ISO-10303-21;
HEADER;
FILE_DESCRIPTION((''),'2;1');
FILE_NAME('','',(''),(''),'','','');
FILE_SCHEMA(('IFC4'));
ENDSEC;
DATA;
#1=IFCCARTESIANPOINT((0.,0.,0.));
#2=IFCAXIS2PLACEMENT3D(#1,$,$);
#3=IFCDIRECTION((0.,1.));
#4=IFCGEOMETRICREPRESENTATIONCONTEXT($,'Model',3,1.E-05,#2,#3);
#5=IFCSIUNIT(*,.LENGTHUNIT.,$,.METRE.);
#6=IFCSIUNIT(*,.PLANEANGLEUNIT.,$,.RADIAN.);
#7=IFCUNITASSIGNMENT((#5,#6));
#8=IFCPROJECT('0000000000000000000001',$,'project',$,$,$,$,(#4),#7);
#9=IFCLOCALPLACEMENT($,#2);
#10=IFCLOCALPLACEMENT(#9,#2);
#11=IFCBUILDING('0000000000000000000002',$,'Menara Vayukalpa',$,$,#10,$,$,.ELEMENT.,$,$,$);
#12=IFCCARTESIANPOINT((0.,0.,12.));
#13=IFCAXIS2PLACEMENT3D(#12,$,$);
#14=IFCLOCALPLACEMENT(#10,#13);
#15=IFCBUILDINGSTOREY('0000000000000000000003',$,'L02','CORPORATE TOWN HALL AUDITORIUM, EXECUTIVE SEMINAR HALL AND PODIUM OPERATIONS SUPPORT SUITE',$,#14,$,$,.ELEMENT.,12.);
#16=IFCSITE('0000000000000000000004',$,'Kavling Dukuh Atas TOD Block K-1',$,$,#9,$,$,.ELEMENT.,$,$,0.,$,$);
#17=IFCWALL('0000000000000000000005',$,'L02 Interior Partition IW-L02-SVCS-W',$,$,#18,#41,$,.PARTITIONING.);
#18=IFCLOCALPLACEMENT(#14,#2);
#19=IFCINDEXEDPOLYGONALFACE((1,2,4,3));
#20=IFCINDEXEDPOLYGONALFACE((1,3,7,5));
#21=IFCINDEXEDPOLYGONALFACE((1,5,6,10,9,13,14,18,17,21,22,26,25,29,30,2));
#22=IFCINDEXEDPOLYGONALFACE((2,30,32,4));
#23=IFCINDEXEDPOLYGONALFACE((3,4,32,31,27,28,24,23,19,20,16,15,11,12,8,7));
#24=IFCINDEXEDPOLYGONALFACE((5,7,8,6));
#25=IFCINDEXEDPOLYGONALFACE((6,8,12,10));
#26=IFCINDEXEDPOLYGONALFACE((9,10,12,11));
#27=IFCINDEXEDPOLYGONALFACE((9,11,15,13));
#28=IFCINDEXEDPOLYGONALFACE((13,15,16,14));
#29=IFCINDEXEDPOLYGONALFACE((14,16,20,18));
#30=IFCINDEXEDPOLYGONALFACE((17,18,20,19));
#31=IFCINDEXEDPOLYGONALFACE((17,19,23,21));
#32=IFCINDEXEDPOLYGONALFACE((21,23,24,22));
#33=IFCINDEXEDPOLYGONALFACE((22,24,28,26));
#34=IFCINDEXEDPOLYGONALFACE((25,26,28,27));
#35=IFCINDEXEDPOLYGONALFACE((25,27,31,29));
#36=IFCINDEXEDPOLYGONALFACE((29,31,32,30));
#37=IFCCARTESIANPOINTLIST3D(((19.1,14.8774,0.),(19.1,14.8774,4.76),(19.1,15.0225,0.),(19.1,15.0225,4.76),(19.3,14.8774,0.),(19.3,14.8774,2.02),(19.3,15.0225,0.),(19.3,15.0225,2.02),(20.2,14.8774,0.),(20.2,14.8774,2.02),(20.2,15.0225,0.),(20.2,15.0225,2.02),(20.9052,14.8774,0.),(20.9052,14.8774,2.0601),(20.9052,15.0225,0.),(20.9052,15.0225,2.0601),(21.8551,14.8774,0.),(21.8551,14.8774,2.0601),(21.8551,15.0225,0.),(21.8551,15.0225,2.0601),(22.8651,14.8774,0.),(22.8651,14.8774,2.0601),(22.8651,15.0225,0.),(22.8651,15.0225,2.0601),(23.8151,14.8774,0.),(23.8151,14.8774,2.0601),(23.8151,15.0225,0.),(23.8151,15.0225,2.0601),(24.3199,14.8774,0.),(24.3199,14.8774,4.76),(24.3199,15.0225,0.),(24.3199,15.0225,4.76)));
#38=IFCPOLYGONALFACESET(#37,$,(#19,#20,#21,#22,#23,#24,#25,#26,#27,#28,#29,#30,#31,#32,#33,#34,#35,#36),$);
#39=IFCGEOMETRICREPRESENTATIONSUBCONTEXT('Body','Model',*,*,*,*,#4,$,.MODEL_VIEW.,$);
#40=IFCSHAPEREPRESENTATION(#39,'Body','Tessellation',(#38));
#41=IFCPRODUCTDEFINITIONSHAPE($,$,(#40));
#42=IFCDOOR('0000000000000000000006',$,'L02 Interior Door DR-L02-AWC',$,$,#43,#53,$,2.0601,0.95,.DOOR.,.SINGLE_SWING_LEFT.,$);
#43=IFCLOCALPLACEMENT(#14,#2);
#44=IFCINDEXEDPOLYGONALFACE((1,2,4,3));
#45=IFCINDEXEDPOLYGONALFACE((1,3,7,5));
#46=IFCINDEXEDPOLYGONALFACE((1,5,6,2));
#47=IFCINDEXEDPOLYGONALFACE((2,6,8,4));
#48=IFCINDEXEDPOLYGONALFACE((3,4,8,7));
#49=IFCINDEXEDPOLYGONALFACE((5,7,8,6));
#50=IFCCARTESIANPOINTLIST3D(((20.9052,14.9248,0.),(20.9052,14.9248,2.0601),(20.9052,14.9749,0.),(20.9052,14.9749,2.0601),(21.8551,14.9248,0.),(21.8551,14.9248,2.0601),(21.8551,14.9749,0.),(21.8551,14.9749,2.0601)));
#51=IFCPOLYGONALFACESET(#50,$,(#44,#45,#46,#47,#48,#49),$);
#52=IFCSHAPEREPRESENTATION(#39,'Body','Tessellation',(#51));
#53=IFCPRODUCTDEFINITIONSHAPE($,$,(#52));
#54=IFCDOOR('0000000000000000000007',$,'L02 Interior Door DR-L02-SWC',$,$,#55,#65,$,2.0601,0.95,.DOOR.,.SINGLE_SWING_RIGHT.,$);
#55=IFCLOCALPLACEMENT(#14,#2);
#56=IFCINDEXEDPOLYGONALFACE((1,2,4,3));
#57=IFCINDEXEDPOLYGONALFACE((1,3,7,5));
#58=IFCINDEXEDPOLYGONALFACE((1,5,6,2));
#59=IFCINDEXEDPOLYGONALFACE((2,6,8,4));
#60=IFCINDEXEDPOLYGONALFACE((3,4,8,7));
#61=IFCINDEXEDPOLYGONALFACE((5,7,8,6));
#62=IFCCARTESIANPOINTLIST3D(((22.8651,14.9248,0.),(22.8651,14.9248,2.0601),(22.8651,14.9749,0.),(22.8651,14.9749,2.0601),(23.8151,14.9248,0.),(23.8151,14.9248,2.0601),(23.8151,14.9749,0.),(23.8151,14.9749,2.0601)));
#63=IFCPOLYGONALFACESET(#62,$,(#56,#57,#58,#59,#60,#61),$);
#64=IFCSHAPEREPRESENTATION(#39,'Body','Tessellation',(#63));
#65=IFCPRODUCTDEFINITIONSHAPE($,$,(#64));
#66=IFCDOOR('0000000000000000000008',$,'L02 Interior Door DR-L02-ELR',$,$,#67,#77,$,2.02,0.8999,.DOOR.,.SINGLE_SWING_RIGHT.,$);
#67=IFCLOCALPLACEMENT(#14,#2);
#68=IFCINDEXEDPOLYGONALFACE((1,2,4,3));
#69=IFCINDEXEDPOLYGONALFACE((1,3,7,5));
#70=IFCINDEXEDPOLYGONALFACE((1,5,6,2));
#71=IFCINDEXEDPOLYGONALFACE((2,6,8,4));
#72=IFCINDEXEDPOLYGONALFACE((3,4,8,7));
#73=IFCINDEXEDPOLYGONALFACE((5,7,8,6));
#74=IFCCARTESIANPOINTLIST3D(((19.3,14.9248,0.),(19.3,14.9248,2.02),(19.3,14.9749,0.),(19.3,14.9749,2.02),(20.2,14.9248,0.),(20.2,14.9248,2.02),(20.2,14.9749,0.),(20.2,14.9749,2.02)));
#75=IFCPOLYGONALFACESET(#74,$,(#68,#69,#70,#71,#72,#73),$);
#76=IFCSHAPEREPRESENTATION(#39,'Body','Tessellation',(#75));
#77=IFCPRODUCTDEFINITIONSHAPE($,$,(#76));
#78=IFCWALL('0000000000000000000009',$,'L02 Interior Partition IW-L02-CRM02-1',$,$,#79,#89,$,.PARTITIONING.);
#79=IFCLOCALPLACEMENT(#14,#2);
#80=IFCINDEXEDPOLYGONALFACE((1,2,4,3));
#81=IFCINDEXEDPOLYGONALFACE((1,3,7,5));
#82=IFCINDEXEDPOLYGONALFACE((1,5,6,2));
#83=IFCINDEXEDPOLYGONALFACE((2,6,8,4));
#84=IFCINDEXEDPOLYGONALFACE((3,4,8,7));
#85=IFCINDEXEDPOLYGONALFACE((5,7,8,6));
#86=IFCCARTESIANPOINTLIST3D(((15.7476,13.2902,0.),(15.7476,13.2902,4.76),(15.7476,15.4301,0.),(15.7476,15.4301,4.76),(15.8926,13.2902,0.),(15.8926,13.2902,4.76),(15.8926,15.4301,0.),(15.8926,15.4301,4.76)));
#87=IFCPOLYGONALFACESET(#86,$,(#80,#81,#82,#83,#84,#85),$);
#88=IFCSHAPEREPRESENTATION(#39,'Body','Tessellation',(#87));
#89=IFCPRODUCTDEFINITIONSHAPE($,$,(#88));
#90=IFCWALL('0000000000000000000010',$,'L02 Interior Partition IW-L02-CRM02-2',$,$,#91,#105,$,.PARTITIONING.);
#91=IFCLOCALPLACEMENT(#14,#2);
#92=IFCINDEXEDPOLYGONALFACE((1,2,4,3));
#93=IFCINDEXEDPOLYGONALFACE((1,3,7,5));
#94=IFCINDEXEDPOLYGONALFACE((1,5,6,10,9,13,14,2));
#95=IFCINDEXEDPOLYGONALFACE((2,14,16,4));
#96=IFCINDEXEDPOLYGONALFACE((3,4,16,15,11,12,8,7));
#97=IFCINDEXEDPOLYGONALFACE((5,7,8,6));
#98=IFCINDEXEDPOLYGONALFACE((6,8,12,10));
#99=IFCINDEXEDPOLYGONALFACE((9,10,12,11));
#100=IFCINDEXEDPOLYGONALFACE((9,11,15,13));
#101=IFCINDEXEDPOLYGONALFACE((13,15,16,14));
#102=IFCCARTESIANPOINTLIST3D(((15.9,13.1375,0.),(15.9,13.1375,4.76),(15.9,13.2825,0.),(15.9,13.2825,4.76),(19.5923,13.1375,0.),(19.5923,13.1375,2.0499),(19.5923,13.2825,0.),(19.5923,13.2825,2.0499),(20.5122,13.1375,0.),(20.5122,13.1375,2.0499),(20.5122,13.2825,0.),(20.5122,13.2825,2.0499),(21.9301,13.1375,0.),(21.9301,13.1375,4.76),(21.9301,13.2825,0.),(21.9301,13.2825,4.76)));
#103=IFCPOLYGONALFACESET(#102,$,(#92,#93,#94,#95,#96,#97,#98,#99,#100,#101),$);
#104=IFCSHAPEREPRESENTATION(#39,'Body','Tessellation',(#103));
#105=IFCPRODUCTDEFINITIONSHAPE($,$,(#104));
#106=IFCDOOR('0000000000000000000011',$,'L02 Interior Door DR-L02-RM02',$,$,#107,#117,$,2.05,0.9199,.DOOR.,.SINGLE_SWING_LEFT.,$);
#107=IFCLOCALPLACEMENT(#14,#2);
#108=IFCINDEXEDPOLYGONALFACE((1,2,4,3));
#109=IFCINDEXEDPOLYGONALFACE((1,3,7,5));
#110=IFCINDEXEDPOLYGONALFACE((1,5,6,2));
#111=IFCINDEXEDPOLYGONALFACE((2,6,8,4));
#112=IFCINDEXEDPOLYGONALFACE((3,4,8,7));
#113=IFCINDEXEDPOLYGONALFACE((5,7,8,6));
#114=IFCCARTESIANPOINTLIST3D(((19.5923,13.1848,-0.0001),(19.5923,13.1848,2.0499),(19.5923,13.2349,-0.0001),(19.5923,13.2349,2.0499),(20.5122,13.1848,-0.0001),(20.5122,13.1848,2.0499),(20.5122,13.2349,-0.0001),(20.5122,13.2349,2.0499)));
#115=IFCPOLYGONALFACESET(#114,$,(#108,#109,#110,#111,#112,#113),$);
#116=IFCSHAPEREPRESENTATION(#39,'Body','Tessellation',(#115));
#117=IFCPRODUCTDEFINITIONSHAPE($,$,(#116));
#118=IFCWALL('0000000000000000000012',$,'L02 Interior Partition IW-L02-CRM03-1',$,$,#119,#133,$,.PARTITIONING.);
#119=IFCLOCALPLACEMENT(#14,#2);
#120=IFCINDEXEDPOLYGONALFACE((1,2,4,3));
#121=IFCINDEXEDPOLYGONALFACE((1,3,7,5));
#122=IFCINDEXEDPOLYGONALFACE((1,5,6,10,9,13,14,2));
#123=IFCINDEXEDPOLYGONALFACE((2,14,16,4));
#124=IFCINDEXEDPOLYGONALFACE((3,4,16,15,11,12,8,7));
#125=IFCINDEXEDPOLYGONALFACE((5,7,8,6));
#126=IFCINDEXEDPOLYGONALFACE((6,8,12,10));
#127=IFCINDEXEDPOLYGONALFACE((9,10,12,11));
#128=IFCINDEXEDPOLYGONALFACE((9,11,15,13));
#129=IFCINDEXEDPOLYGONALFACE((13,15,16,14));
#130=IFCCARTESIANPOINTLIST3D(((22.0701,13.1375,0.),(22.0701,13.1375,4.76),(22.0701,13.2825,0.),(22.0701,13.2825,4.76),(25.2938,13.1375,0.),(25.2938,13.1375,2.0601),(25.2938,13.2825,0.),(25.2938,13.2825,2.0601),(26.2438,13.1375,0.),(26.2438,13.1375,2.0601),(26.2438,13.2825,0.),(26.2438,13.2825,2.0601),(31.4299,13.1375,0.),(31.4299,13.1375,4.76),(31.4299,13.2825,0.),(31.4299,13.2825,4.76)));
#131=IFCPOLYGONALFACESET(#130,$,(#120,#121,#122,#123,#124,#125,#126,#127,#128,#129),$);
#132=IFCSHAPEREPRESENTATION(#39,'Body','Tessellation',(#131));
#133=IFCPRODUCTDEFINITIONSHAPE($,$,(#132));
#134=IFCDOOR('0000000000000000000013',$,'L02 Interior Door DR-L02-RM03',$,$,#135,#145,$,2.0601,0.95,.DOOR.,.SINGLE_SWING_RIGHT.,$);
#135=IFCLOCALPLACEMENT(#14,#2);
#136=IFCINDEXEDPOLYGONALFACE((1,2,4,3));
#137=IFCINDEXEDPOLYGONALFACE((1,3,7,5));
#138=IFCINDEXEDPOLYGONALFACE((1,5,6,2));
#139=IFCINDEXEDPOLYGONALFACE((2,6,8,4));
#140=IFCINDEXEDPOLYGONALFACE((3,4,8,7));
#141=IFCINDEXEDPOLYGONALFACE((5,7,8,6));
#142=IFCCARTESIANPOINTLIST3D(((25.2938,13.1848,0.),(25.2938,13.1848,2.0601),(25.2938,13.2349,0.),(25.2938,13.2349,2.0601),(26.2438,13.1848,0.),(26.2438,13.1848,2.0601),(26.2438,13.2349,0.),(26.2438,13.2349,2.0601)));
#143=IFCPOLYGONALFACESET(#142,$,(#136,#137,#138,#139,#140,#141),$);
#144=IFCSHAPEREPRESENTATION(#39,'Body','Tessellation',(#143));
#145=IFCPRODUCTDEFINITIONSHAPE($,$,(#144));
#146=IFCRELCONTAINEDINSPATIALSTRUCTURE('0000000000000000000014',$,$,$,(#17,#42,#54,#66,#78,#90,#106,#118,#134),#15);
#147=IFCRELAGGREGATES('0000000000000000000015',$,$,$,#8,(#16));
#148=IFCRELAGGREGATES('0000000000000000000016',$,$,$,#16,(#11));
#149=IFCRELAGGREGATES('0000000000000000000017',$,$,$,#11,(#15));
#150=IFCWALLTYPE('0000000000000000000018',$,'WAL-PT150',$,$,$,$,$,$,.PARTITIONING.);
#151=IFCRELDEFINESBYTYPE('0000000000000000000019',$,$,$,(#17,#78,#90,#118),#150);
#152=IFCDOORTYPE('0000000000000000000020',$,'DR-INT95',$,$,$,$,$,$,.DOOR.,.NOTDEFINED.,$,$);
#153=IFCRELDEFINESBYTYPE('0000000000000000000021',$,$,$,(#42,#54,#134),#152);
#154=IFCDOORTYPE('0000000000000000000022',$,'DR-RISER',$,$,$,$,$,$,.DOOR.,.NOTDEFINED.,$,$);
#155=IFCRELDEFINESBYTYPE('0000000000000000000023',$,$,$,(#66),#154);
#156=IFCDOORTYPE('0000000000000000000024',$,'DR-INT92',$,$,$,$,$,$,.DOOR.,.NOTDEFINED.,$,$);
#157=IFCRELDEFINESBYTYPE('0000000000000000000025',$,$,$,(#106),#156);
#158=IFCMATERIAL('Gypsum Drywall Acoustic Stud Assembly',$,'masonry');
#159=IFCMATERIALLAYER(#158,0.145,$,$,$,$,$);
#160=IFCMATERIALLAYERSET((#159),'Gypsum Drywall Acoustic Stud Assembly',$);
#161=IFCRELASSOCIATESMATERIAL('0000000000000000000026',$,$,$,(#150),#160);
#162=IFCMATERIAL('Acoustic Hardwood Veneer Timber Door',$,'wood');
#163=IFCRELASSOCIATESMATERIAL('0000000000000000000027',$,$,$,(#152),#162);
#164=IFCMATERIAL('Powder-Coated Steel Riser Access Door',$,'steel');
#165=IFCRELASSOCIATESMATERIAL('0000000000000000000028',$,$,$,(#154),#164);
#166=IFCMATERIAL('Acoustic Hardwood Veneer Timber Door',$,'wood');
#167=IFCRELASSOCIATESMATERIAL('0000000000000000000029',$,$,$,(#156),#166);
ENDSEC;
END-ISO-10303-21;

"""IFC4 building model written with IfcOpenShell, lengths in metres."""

from ifc_helpers import new_model, si_unit, direction, frame, frame_2d, origin, place, context, subcontext, project, spatial, rectangle, extrude, material, layer, layer_set, type_object, element, fill, save


model = new_model("IFC4")

# Units and contexts
model_context = context("Model", 3, precision=1e-05, world=origin(), true_north=direction((0.0, 1.0)))
body_context = subcontext(model_context, "Body", "Model", "MODEL_VIEW")
ifc_project = project(units=[si_unit("LENGTHUNIT", "METRE"), si_unit("PLANEANGLEUNIT", "RADIAN")], contexts=[model_context])

# Site, building, storey
site_placement = place(None, origin())
site = spatial("IfcSite", under=ifc_project, at=site_placement, Name="Kavling Dukuh Atas TOD Block K-1", CompositionType="ELEMENT", RefElevation=0.0)
building_placement = place(site_placement, origin())
building = spatial("IfcBuilding", under=site, at=building_placement, Name="Menara Vayukalpa", CompositionType="ELEMENT")
storey_placement = place(building_placement, frame((0.0, 0.0, 12.0)))
storey = spatial("IfcBuildingStorey", under=building, at=storey_placement, Name="L02", Description="CORPORATE TOWN HALL AUDITORIUM, EXECUTIVE SEMINAR HALL AND PODIUM OPERATIONS SUPPORT SUITE", CompositionType="ELEMENT", Elevation=12.0)

# Wall, openings, doors
ifc_material_1 = material(Name="Gypsum Drywall Acoustic Stud Assembly", Category="masonry")
ifc_layer_1 = layer(ifc_material_1, 0.145)
ifc_layer_set_1 = layer_set([ifc_layer_1], Name="Gypsum Drywall Acoustic Stud Assembly")
wall_type_1 = type_object("IfcWallType", Name="WAL-PT150", PredefinedType="PARTITIONING", material=ifc_layer_set_1)
wall_1_placement = place(storey_placement, frame((19.1001, 14.95, 0.0), z_axis=(0.0, 0.0, 1.0), x_axis=(1.0, 0.0, 0.0)))
wall_1 = element("IfcWall", 1, at=wall_1_placement, inside=storey, type_object=wall_type_1, Name="L02 Interior Partition IW-L02-SVCS-W", PredefinedType="PARTITIONING", context=body_context, shape_type="SweptSolid", body=[
    extrude(rectangle(XDim=5.22, YDim=0.145, at=frame_2d((2.6099, 0.0))), origin(), (0.0, 0.0, 1.0), 4.76),
])
opening_1_placement = place(wall_1_placement, frame((0.2, 0.0, 0.0)))
opening_1 = element("IfcOpeningElement", 2, at=opening_1_placement, cuts=wall_1, PredefinedType="OPENING", context=body_context, shape_type="SweptSolid", body=[
    extrude(rectangle(XDim=0.8999, YDim=2.02, at=frame_2d((0.45, 1.01))), frame((0.0, 0.0825, 0.0), z_axis=(0.0, -1.0, 0.0), x_axis=(1.0, 0.0, 0.0)), (0.0, 0.0, 1.0), 0.165),
])
opening_2_placement = place(wall_1_placement, frame((1.8049, 0.0, 0.0)))
opening_2 = element("IfcOpeningElement", 3, at=opening_2_placement, cuts=wall_1, PredefinedType="OPENING", context=body_context, shape_type="SweptSolid", body=[
    extrude(rectangle(XDim=0.95, YDim=2.0601, at=frame_2d((0.4751, 1.03))), frame((0.0, 0.0825, 0.0), z_axis=(0.0, -1.0, 0.0), x_axis=(1.0, 0.0, 0.0)), (0.0, 0.0, 1.0), 0.165),
])
opening_3_placement = place(wall_1_placement, frame((3.7649, 0.0, 0.0)))
opening_3 = element("IfcOpeningElement", 4, at=opening_3_placement, cuts=wall_1, PredefinedType="OPENING", context=body_context, shape_type="SweptSolid", body=[
    extrude(rectangle(XDim=0.95, YDim=2.0601, at=frame_2d((0.4751, 1.03))), frame((0.0, 0.0825, 0.0), z_axis=(0.0, -1.0, 0.0), x_axis=(1.0, 0.0, 0.0)), (0.0, 0.0, 1.0), 0.165),
])
ifc_material_2 = material(Name="Acoustic Hardwood Veneer Timber Door", Category="wood")
door_type_1 = type_object("IfcDoorType", Name="DR-INT95", OperationType="NOTDEFINED", PredefinedType="DOOR", material=ifc_material_2)
door_1_placement = place(opening_2_placement, origin())
door_1 = element("IfcDoor", 5, at=door_1_placement, inside=storey, type_object=door_type_1, Name="L02 Interior Door DR-L02-AWC", OperationType="SINGLE_SWING_LEFT", OverallHeight=2.0601, OverallWidth=0.95, PredefinedType="DOOR", context=body_context, shape_type="SweptSolid", body=[
    extrude(rectangle(XDim=0.95, YDim=2.0601, at=frame_2d((0.4751, 1.03))), frame((0.0, 0.0249, 0.0), z_axis=(0.0, -1.0, 0.0), x_axis=(1.0, 0.0, 0.0)), (0.0, 0.0, 1.0), 0.05),
])
fill(opening_2, door_1)
door_2_placement = place(opening_3_placement, origin())
door_2 = element("IfcDoor", 6, at=door_2_placement, inside=storey, type_object=door_type_1, Name="L02 Interior Door DR-L02-SWC", OperationType="SINGLE_SWING_RIGHT", OverallHeight=2.0601, OverallWidth=0.95, PredefinedType="DOOR", context=body_context, shape_type="SweptSolid", body=[
    extrude(rectangle(XDim=0.95, YDim=2.0601, at=frame_2d((0.4751, 1.03))), frame((0.0, 0.0249, 0.0), z_axis=(0.0, -1.0, 0.0), x_axis=(1.0, 0.0, 0.0)), (0.0, 0.0, 1.0), 0.05),
])
fill(opening_3, door_2)
ifc_material_3 = material(Name="Powder-Coated Steel Riser Access Door", Category="steel")
door_type_2 = type_object("IfcDoorType", Name="DR-RISER", OperationType="NOTDEFINED", PredefinedType="DOOR", material=ifc_material_3)
door_3_placement = place(opening_1_placement, origin())
door_3 = element("IfcDoor", 7, at=door_3_placement, inside=storey, type_object=door_type_2, Name="L02 Interior Door DR-L02-ELR", OperationType="SINGLE_SWING_RIGHT", OverallHeight=2.02, OverallWidth=0.8999, PredefinedType="DOOR", context=body_context, shape_type="SweptSolid", body=[
    extrude(rectangle(XDim=0.8999, YDim=2.02, at=frame_2d((0.45, 1.01))), frame((0.0, 0.0249, 0.0), z_axis=(0.0, -1.0, 0.0), x_axis=(1.0, 0.0, 0.0)), (0.0, 0.0, 1.0), 0.05),
])
fill(opening_1, door_3)

# Wall
wall_2_placement = place(storey_placement, frame((15.8201, 15.4299, 0.0), z_axis=(0.0, 0.0, 1.0), x_axis=(0.0, -1.0, 0.0)))
element("IfcWall", 8, at=wall_2_placement, inside=storey, type_object=wall_type_1, Name="L02 Interior Partition IW-L02-CRM02-1", PredefinedType="PARTITIONING", context=body_context, shape_type="SweptSolid", body=[
    extrude(rectangle(XDim=2.1399, YDim=0.145, at=frame_2d((1.0698, 0.0))), origin(), (0.0, 0.0, 1.0), 4.76),
])

# Walls, openings, doors
wall_3_placement = place(storey_placement, frame((15.8999, 13.21, 0.0), z_axis=(0.0, 0.0, 1.0), x_axis=(1.0, 0.0, 0.0)))
wall_3 = element("IfcWall", 9, at=wall_3_placement, inside=storey, type_object=wall_type_1, Name="L02 Interior Partition IW-L02-CRM02-2", PredefinedType="PARTITIONING", context=body_context, shape_type="SweptSolid", body=[
    extrude(rectangle(XDim=6.03, YDim=0.145, at=frame_2d((3.0151, 0.0))), origin(), (0.0, 0.0, 1.0), 4.76),
])
opening_4_placement = place(wall_3_placement, frame((3.6924, 0.0, 0.0)))
opening_4 = element("IfcOpeningElement", 10, at=opening_4_placement, cuts=wall_3, PredefinedType="OPENING", context=body_context, shape_type="SweptSolid", body=[
    extrude(rectangle(XDim=0.9199, YDim=2.05, at=frame_2d((0.46, 1.0249))), frame((0.0, 0.0825, 0.0), z_axis=(0.0, -1.0, 0.0), x_axis=(1.0, 0.0, 0.0)), (0.0, 0.0, 1.0), 0.165),
])
ifc_material_4 = material(Name="Acoustic Hardwood Veneer Timber Door", Category="wood")
door_type_3 = type_object("IfcDoorType", Name="DR-INT92", OperationType="NOTDEFINED", PredefinedType="DOOR", material=ifc_material_4)
door_4_placement = place(opening_4_placement, origin())
door_4 = element("IfcDoor", 11, at=door_4_placement, inside=storey, type_object=door_type_3, Name="L02 Interior Door DR-L02-RM02", OperationType="SINGLE_SWING_LEFT", OverallHeight=2.05, OverallWidth=0.9199, PredefinedType="DOOR", context=body_context, shape_type="SweptSolid", body=[
    extrude(rectangle(XDim=0.9199, YDim=2.05, at=frame_2d((0.46, 1.0249))), frame((0.0, 0.0249, 0.0), z_axis=(0.0, -1.0, 0.0), x_axis=(1.0, 0.0, 0.0)), (0.0, 0.0, 1.0), 0.05),
])
fill(opening_4, door_4)
wall_4_placement = place(storey_placement, frame((22.0701, 13.21, 0.0), z_axis=(0.0, 0.0, 1.0), x_axis=(1.0, 0.0, 0.0)))
wall_4 = element("IfcWall", 12, at=wall_4_placement, inside=storey, type_object=wall_type_1, Name="L02 Interior Partition IW-L02-CRM03-1", PredefinedType="PARTITIONING", context=body_context, shape_type="SweptSolid", body=[
    extrude(rectangle(XDim=9.3599, YDim=0.145, at=frame_2d((4.6799, 0.0))), origin(), (0.0, 0.0, 1.0), 4.76),
])
opening_5_placement = place(wall_4_placement, frame((3.2236, 0.0, 0.0)))
opening_5 = element("IfcOpeningElement", 13, at=opening_5_placement, cuts=wall_4, PredefinedType="OPENING", context=body_context, shape_type="SweptSolid", body=[
    extrude(rectangle(XDim=0.95, YDim=2.0601, at=frame_2d((0.4751, 1.03))), frame((0.0, 0.0825, 0.0), z_axis=(0.0, -1.0, 0.0), x_axis=(1.0, 0.0, 0.0)), (0.0, 0.0, 1.0), 0.165),
])
door_5_placement = place(opening_5_placement, origin())
door_5 = element("IfcDoor", 14, at=door_5_placement, inside=storey, type_object=door_type_1, Name="L02 Interior Door DR-L02-RM03", OperationType="SINGLE_SWING_RIGHT", OverallHeight=2.0601, OverallWidth=0.95, PredefinedType="DOOR", context=body_context, shape_type="SweptSolid", body=[
    extrude(rectangle(XDim=0.95, YDim=2.0601, at=frame_2d((0.4751, 1.03))), frame((0.0, 0.0249, 0.0), z_axis=(0.0, -1.0, 0.0), x_axis=(1.0, 0.0, 0.0)), (0.0, 0.0, 1.0), 0.05),
])
fill(opening_5, door_5)

save(model, "model.ifc")
